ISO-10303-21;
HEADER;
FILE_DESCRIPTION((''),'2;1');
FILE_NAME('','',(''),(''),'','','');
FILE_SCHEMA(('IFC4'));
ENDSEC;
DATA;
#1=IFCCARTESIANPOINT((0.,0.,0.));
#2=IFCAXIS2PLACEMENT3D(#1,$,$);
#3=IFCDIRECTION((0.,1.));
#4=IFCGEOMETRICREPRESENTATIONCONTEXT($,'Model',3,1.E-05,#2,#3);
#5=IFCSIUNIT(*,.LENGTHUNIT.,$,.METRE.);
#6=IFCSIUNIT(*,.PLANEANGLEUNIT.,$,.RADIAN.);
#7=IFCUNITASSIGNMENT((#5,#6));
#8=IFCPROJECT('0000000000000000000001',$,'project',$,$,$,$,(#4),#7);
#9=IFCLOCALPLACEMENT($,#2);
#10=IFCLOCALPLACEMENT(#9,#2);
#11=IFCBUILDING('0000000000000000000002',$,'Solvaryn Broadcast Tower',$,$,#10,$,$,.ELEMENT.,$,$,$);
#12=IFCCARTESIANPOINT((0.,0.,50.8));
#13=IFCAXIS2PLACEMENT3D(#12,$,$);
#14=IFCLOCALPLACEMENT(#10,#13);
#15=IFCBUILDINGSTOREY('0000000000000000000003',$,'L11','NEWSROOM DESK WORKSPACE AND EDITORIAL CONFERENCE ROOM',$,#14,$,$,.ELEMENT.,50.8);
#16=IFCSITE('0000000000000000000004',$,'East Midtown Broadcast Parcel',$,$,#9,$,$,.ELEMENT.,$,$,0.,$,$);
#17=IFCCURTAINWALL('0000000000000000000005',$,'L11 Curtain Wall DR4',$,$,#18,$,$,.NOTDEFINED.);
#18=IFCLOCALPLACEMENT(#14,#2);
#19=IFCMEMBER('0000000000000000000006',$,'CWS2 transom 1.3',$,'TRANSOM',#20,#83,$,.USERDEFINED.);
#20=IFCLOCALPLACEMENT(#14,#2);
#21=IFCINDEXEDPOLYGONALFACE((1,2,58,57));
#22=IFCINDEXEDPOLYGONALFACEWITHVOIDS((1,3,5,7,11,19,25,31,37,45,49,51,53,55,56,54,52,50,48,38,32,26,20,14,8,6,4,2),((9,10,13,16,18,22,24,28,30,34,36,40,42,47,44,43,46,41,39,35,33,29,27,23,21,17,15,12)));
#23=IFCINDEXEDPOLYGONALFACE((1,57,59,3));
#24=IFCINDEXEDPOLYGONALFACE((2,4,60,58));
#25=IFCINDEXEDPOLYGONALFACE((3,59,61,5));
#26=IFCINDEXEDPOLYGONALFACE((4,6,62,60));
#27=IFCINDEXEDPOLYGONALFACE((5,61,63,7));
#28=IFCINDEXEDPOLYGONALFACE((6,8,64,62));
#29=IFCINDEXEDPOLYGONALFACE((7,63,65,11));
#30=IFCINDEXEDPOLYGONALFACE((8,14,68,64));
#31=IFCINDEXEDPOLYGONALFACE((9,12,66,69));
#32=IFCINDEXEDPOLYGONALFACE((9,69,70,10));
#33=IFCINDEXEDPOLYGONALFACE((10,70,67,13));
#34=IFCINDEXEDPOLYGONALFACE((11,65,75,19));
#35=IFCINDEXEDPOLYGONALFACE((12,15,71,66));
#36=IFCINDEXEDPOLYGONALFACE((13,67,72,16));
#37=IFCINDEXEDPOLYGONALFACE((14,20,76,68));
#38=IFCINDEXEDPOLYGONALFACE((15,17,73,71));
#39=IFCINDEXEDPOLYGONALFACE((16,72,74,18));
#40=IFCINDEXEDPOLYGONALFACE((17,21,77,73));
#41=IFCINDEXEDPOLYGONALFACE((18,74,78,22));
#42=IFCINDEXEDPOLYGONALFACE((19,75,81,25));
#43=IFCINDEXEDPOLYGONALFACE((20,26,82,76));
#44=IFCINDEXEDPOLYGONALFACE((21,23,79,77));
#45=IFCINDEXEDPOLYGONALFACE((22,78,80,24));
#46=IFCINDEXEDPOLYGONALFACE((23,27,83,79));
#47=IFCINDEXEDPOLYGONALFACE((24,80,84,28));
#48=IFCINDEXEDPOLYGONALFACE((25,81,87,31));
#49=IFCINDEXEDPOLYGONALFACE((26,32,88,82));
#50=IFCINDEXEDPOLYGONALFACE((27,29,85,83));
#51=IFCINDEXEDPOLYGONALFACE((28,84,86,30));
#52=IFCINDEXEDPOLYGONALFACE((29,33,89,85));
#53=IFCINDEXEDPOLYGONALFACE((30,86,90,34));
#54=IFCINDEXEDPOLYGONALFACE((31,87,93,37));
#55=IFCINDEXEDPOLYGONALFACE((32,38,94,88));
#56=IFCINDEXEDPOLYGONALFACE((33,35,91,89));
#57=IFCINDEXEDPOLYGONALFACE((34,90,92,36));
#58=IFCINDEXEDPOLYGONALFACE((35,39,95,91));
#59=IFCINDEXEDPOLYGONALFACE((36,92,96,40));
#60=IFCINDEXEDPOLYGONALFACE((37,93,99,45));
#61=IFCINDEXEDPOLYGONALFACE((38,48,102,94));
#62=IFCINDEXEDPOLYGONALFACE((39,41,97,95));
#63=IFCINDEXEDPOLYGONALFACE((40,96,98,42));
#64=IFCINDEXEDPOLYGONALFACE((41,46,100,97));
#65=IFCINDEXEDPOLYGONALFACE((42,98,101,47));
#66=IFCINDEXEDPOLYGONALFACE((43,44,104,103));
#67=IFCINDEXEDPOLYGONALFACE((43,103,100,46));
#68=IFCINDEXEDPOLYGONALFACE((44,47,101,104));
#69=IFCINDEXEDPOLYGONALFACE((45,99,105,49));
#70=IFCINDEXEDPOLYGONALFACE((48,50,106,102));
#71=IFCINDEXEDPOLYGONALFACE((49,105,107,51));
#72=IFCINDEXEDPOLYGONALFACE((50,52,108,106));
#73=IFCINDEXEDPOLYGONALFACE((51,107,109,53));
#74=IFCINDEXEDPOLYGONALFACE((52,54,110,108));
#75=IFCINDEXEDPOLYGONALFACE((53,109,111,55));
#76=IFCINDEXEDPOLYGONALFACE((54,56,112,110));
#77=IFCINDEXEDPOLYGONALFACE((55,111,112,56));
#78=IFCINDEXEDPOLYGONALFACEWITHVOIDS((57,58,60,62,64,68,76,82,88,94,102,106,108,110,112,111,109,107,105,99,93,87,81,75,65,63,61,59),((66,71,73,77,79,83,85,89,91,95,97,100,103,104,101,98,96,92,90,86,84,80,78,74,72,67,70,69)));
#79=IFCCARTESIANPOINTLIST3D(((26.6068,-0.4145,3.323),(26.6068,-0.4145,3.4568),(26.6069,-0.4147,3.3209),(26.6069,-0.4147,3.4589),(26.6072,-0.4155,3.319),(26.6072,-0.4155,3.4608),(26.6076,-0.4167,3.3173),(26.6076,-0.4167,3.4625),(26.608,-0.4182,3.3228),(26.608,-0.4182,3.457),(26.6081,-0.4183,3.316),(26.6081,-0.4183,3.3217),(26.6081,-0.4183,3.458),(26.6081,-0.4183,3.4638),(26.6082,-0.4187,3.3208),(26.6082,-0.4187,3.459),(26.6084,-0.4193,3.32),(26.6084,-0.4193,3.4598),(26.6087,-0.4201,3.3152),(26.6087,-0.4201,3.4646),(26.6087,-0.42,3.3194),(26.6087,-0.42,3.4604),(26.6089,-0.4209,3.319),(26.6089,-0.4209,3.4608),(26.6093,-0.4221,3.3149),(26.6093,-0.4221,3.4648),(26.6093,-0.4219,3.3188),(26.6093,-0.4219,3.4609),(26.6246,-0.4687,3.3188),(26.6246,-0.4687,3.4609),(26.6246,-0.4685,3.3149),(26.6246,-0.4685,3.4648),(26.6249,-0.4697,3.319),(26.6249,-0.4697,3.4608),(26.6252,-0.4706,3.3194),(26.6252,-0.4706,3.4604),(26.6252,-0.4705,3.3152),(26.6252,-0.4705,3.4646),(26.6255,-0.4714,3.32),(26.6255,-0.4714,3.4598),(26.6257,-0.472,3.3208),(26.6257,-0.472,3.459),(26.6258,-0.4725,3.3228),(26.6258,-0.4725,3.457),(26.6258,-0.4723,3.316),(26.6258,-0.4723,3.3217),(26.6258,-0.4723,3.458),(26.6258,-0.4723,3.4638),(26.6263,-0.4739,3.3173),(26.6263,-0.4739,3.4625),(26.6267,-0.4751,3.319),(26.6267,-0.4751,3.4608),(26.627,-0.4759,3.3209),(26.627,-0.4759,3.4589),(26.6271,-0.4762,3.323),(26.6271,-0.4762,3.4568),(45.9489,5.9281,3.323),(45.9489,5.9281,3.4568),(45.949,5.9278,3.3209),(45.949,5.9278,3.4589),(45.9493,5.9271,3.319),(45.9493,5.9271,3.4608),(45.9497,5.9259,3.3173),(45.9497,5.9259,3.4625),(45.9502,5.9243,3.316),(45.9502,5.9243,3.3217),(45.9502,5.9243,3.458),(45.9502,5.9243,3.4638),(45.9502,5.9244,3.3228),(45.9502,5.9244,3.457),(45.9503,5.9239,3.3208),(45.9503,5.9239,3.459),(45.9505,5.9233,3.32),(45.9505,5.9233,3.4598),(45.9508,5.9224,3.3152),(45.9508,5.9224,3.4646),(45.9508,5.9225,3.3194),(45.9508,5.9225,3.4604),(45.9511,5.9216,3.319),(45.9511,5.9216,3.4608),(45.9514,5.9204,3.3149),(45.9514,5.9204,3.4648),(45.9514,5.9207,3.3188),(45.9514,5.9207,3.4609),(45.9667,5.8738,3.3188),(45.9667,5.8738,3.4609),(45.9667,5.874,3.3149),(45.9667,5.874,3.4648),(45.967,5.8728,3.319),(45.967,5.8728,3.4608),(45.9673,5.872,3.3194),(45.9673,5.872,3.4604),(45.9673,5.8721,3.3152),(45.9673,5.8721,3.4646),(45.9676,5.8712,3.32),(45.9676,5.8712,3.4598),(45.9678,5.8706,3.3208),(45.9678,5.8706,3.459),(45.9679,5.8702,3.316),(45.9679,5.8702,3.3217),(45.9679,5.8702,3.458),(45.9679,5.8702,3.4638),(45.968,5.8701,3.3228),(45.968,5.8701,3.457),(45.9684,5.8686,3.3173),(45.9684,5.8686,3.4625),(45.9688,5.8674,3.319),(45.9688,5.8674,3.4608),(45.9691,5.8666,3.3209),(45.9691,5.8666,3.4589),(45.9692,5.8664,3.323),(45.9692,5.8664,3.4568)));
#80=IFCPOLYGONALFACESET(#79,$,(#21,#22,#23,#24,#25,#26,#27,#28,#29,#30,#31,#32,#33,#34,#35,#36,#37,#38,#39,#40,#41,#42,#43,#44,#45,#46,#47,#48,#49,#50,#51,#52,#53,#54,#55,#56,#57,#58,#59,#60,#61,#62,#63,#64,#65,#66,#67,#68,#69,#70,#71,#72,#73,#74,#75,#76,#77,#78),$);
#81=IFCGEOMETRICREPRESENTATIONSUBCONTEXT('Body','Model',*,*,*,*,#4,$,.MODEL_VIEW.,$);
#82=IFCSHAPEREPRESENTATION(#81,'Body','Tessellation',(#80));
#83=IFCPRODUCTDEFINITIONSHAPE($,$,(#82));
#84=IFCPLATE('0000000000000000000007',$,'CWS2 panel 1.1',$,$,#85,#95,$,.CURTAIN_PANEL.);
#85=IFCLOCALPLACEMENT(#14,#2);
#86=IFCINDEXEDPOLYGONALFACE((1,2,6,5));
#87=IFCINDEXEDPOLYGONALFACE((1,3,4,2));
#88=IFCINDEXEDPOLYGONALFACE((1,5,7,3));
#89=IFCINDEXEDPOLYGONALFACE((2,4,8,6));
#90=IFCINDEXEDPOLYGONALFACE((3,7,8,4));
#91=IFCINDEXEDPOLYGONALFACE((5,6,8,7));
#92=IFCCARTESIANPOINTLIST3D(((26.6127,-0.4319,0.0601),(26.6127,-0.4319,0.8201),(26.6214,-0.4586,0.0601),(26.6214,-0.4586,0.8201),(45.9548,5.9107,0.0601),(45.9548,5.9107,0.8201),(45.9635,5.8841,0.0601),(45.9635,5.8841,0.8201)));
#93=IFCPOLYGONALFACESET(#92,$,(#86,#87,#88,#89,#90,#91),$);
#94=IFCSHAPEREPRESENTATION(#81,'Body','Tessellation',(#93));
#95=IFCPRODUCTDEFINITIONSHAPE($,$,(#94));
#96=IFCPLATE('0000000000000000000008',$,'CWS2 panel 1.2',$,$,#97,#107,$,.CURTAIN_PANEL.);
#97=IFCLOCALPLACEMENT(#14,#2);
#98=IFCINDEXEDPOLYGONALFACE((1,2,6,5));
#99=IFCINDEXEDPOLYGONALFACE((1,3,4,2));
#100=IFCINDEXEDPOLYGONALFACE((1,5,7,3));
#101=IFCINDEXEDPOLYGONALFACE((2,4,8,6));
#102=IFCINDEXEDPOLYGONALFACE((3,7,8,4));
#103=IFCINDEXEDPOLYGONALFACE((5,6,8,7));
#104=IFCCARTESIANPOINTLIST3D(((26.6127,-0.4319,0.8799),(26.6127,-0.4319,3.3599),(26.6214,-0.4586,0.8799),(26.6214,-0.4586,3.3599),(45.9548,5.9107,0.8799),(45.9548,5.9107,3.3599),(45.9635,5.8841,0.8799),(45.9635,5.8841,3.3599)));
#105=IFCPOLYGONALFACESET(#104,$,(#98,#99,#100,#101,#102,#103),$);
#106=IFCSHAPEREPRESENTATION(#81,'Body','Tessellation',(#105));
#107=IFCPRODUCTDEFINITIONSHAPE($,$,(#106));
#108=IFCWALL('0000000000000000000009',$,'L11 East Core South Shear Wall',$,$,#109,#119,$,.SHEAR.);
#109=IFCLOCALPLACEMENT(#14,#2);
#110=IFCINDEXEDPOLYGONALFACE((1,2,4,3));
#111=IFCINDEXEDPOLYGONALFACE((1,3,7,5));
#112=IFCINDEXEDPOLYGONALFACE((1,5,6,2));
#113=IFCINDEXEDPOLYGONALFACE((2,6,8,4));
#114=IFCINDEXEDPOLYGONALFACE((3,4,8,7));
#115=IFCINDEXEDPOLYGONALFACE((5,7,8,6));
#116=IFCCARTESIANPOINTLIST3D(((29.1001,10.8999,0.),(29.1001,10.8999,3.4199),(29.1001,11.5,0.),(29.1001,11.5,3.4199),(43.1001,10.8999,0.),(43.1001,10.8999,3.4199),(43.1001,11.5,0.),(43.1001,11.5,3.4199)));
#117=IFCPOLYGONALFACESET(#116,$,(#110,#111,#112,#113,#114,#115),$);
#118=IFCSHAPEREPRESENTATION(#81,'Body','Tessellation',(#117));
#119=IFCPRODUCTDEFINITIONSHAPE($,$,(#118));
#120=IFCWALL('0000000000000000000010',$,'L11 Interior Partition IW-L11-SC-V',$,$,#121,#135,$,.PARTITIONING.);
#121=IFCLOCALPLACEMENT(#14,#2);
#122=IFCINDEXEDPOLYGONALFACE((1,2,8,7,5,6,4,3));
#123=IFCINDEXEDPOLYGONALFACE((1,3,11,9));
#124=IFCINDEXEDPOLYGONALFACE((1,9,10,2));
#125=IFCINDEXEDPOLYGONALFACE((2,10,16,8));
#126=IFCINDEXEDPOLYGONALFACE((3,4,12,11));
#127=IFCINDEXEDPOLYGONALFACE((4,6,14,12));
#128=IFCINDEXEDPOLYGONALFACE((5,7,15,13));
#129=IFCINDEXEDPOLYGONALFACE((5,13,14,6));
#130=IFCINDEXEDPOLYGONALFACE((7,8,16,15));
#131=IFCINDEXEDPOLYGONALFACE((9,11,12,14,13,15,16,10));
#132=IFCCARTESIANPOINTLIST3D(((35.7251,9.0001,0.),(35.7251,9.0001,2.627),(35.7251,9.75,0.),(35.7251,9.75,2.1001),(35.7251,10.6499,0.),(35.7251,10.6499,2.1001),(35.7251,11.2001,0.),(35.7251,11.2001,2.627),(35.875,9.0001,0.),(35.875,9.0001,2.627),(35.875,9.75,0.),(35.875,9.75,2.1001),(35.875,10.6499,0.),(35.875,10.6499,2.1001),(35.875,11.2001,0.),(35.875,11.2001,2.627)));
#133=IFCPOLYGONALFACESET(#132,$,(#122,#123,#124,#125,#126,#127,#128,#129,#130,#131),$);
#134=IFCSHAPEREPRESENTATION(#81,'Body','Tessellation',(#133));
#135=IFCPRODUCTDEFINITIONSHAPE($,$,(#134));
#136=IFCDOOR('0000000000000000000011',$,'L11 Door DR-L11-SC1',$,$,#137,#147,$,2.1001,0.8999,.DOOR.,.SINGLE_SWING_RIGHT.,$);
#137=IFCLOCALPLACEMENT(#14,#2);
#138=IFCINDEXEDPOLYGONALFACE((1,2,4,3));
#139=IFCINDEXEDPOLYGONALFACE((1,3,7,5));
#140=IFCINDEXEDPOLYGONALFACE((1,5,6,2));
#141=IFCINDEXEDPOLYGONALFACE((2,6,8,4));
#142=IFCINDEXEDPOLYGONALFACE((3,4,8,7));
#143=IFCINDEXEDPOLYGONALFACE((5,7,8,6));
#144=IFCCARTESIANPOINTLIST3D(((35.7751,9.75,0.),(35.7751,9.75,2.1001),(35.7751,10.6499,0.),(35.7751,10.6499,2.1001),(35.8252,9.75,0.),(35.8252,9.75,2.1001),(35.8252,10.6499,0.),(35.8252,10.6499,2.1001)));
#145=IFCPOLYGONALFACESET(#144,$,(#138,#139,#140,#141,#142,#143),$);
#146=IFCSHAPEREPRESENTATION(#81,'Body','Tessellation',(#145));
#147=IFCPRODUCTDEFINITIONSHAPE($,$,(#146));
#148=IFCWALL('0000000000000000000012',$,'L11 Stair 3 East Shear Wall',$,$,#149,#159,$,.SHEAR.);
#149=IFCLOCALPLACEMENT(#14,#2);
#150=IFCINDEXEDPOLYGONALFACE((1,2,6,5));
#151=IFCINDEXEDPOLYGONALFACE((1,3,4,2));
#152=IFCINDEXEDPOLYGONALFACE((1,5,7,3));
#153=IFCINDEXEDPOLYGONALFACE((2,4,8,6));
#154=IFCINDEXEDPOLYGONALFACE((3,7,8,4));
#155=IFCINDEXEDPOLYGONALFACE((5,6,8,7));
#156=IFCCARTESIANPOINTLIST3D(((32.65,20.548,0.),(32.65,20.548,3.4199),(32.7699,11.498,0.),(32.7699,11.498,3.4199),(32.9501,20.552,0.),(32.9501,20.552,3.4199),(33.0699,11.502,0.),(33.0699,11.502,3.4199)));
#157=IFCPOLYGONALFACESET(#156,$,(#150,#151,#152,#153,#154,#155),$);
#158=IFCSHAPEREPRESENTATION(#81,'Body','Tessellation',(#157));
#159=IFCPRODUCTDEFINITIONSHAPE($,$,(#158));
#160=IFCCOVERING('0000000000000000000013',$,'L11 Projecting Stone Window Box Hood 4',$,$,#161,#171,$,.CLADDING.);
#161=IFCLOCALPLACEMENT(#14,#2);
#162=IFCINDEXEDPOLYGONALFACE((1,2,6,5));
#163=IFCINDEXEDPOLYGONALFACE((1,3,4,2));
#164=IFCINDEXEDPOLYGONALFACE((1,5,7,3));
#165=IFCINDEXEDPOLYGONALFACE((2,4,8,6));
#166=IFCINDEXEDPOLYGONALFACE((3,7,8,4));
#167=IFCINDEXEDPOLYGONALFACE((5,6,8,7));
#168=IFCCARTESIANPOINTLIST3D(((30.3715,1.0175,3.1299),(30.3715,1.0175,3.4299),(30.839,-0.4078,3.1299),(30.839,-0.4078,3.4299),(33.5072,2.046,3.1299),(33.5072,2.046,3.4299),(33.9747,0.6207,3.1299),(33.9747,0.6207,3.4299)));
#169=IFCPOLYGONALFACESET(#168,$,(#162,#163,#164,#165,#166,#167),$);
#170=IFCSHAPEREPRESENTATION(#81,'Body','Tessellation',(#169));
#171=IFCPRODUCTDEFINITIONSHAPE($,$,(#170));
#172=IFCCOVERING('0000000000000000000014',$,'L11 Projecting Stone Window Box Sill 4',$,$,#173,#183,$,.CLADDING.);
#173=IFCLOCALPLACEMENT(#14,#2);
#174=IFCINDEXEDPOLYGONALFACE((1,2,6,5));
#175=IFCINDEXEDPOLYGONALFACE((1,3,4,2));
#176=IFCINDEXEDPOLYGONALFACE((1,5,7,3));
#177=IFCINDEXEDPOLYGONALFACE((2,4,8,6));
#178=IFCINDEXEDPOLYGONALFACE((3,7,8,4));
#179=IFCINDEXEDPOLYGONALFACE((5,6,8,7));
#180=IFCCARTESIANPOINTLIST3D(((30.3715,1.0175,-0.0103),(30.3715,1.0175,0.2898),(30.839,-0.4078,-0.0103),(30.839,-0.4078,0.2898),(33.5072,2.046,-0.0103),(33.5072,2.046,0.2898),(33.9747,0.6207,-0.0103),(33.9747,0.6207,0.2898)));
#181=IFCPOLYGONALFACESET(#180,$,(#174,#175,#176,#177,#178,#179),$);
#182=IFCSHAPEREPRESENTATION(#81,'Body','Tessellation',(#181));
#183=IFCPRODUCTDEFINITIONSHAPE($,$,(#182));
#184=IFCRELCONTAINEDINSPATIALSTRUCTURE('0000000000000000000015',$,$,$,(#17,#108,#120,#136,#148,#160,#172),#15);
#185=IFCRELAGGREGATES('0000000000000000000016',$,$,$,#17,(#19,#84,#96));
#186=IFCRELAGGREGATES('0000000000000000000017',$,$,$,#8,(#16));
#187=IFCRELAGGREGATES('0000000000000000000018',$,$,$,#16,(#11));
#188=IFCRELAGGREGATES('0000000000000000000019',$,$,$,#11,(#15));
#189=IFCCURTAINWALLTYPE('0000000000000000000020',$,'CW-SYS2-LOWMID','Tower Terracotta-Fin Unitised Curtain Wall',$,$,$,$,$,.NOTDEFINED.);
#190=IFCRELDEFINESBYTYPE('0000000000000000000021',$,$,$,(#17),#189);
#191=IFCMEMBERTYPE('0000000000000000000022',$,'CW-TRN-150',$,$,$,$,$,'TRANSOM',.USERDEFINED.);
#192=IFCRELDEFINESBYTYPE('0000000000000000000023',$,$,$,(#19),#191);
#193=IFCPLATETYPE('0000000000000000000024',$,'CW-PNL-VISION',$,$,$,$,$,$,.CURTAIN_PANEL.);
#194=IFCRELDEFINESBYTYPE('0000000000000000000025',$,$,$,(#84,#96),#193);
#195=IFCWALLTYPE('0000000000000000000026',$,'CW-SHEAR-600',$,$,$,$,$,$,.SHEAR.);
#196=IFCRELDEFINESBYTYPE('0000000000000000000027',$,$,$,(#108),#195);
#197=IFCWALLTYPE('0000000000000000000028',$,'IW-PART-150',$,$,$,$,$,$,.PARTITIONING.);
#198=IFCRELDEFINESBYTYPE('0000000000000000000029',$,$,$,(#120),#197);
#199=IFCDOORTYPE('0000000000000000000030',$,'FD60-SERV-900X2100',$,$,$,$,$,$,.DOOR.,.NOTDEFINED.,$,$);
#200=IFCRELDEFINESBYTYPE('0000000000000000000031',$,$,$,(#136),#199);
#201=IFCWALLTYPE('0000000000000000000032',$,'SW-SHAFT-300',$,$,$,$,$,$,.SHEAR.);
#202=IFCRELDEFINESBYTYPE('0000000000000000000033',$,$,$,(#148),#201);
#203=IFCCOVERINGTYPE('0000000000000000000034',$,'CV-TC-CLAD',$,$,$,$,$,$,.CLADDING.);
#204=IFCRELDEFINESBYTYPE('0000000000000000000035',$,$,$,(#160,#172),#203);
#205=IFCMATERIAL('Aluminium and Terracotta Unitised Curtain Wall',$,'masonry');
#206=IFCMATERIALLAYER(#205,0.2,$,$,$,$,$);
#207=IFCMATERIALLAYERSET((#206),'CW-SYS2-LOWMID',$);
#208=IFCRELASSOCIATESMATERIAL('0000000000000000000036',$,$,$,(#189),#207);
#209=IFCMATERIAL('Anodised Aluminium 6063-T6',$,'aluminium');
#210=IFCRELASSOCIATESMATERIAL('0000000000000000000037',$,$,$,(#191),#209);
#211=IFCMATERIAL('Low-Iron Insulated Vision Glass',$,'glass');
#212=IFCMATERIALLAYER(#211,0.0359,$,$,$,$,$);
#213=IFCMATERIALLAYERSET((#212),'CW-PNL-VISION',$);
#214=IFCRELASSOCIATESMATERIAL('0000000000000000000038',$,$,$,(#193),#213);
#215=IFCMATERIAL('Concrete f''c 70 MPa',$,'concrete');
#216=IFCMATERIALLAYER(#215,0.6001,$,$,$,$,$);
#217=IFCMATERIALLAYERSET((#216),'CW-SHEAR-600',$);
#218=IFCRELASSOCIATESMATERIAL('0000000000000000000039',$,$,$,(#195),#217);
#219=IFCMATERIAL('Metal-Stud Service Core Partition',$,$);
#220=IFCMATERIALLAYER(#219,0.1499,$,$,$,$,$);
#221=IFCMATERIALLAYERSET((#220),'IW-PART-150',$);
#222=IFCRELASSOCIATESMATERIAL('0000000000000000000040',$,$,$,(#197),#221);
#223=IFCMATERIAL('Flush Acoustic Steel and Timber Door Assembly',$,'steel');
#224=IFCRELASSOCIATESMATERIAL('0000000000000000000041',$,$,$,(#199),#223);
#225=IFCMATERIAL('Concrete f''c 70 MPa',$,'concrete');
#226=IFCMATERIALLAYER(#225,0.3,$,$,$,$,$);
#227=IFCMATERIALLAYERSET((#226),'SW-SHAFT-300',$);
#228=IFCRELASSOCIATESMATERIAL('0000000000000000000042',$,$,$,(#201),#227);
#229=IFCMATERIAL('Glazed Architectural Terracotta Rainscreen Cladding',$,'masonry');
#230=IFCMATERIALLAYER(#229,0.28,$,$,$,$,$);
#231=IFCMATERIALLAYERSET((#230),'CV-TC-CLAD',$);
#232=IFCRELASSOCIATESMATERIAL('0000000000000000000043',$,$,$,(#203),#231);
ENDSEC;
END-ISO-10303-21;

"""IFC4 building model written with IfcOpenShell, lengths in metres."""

from ifc_helpers import new_model, si_unit, direction, frame, frame_2d, origin, origin_2d, place, context, subcontext, project, spatial, rectangle, hollow_rectangle, extrude, material, layer, layer_set, material_profile, profile_set, type_object, element, fill, aggregate, save


model = new_model("IFC4")

# Units and contexts
model_context = context("Model", 3, precision=1e-05, world=origin(), true_north=direction((0.0, 1.0)))
body_context = subcontext(model_context, "Body", "Model", "MODEL_VIEW")
ifc_project = project(units=[si_unit("LENGTHUNIT", "METRE"), si_unit("PLANEANGLEUNIT", "RADIAN")], contexts=[model_context])

# Site, building, storey
site_placement = place(None, origin())
site = spatial("IfcSite", under=ifc_project, at=site_placement, Name="East Midtown Broadcast Parcel", CompositionType="ELEMENT", RefElevation=0.0)
building_placement = place(site_placement, origin())
building = spatial("IfcBuilding", under=site, at=building_placement, Name="Solvaryn Broadcast Tower", CompositionType="ELEMENT")
storey_placement = place(building_placement, frame((0.0, 0.0, 50.8)))
storey = spatial("IfcBuildingStorey", under=building, at=storey_placement, Name="L11", Description="NEWSROOM DESK WORKSPACE AND EDITORIAL CONFERENCE ROOM", CompositionType="ELEMENT", Elevation=50.8)

# Shared definitions
ifc_material_1 = material(Name="Aluminium and Terracotta Unitised Curtain Wall", Category="masonry")
ifc_layer_1 = layer(ifc_material_1, 0.2)
ifc_layer_set_1 = layer_set([ifc_layer_1], Name="CW-SYS2-LOWMID")
curtain_wall_type = type_object("IfcCurtainWallType", Name="CW-SYS2-LOWMID", Description="Tower Terracotta-Fin Unitised Curtain Wall", PredefinedType="NOTDEFINED", material=ifc_layer_set_1)

# Curtain wall, member, plates
curtain_wall_1_placement = place(storey_placement, origin())
curtain_wall_1 = element("IfcCurtainWall", 1, at=curtain_wall_1_placement, inside=storey, type_object=curtain_wall_type, Name="L11 Curtain Wall DR4", PredefinedType="NOTDEFINED")
ifc_material_2 = material(Name="Anodised Aluminium 6063-T6", Category="aluminium")
ifc_material_profile_1 = material_profile(ifc_material_2, hollow_rectangle(XDim=0.0649, YDim=0.1499, WallThickness=0.0039, InnerFilletRadius=0.0039, OuterFilletRadius=0.0081, at=origin_2d()))
ifc_profile_set_1 = profile_set([ifc_material_profile_1], Name="Anodised Aluminium 6063-T6")
member_type_1 = type_object("IfcMemberType", Name="CW-TRN-150", ElementType="TRANSOM", PredefinedType="USERDEFINED", material=ifc_profile_set_1)
member_1_placement = place(storey_placement, frame((26.6169, -0.4453, 3.3899), z_axis=(0.950217, 0.31159, 0.0), x_axis=(-0.31159, 0.950217, 0.0)))
member_1 = element("IfcMember", 2, at=member_1_placement, type_object=member_type_1, Name="CWS2 transom 1.3", ObjectType="TRANSOM", PredefinedType="USERDEFINED", context=body_context, shape_type="SweptSolid", body=[
    extrude(hollow_rectangle(XDim=0.0649, YDim=0.1499, WallThickness=0.0039, InnerFilletRadius=0.0039, OuterFilletRadius=0.0081, at=origin_2d()), origin(), (0.0, 0.0, 1.0), 20.3555),
])
ifc_material_3 = material(Name="Low-Iron Insulated Vision Glass", Category="glass")
ifc_layer_2 = layer(ifc_material_3, 0.0359)
ifc_layer_set_2 = layer_set([ifc_layer_2], Name="CW-PNL-VISION")
plate_type = type_object("IfcPlateType", Name="CW-PNL-VISION", PredefinedType="CURTAIN_PANEL", material=ifc_layer_set_2)
plate_1_placement = place(storey_placement, frame((36.2881, 2.7261, 0.0601), z_axis=(0.0, 0.0, 1.0), x_axis=(0.950215, 0.311594, 0.0)))
plate_1 = element("IfcPlate", 3, at=plate_1_placement, type_object=plate_type, Name="CWS2 panel 1.1", PredefinedType="CURTAIN_PANEL", context=body_context, shape_type="SweptSolid", body=[
    extrude(rectangle(XDim=20.3555, YDim=0.0281, at=origin_2d()), origin(), (0.0, 0.0, 1.0), 0.76),
])
plate_2_placement = place(storey_placement, frame((36.2881, 2.7261, 0.8799), z_axis=(0.0, 0.0, 1.0), x_axis=(0.950215, 0.311594, 0.0)))
plate_2 = element("IfcPlate", 4, at=plate_2_placement, type_object=plate_type, Name="CWS2 panel 1.2", PredefinedType="CURTAIN_PANEL", context=body_context, shape_type="SweptSolid", body=[
    extrude(rectangle(XDim=20.3555, YDim=0.0281, at=origin_2d()), origin(), (0.0, 0.0, 1.0), 2.48),
])
aggregate(curtain_wall_1, [member_1, plate_1, plate_2])

# Wall
ifc_material_4 = material(Name="Concrete f'c 70 MPa", Category="concrete")
ifc_layer_3 = layer(ifc_material_4, 0.6001)
ifc_layer_set_3 = layer_set([ifc_layer_3], Name="CW-SHEAR-600")
wall_type_1 = type_object("IfcWallType", Name="CW-SHEAR-600", PredefinedType="SHEAR", material=ifc_layer_set_3)
wall_1_placement = place(storey_placement, frame((29.1001, 11.2, 0.0), z_axis=(0.0, 0.0, 1.0), x_axis=(1.0, 0.0, 0.0)))
element("IfcWall", 5, at=wall_1_placement, inside=storey, type_object=wall_type_1, Name="L11 East Core South Shear Wall", PredefinedType="SHEAR", context=body_context, shape_type="SweptSolid", body=[
    extrude(rectangle(XDim=14.0, YDim=0.6001, at=frame_2d((7.0, 0.0))), origin(), (0.0, 0.0, 1.0), 3.4199),
])

# Wall, opening, door
ifc_material_5 = material(Name="Metal-Stud Service Core Partition")
ifc_layer_4 = layer(ifc_material_5, 0.1499)
ifc_layer_set_4 = layer_set([ifc_layer_4], Name="IW-PART-150")
wall_type_2 = type_object("IfcWallType", Name="IW-PART-150", PredefinedType="PARTITIONING", material=ifc_layer_set_4)
wall_2_placement = place(storey_placement, frame((35.8, 9.0, 0.0), z_axis=(0.0, 0.0, 1.0), x_axis=(0.0, 1.0, 0.0)))
wall_2 = element("IfcWall", 6, at=wall_2_placement, inside=storey, type_object=wall_type_2, Name="L11 Interior Partition IW-L11-SC-V", PredefinedType="PARTITIONING", context=body_context, shape_type="SweptSolid", body=[
    extrude(rectangle(XDim=2.2, YDim=0.1499, at=frame_2d((1.1001, 0.0))), origin(), (0.0, 0.0, 1.0), 2.627),
])
opening_placement = place(wall_2_placement, frame((0.75, 0.0, 0.0)))
opening = element("IfcOpeningElement", 7, at=opening_placement, cuts=wall_2, PredefinedType="OPENING", context=body_context, shape_type="SweptSolid", body=[
    extrude(rectangle(XDim=0.8999, YDim=2.1001, at=frame_2d((0.45, 1.05))), frame((0.0, 0.085, 0.0), z_axis=(0.0, -1.0, 0.0), x_axis=(1.0, 0.0, 0.0)), (0.0, 0.0, 1.0), 0.1699),
])
ifc_material_6 = material(Name="Flush Acoustic Steel and Timber Door Assembly", Category="steel")
door_type = type_object("IfcDoorType", Name="FD60-SERV-900X2100", OperationType="NOTDEFINED", PredefinedType="DOOR", material=ifc_material_6)
door_placement = place(opening_placement, origin())
door = element("IfcDoor", 8, at=door_placement, inside=storey, type_object=door_type, Name="L11 Door DR-L11-SC1", OperationType="SINGLE_SWING_RIGHT", OverallHeight=2.1001, OverallWidth=0.8999, PredefinedType="DOOR", context=body_context, shape_type="SweptSolid", body=[
    extrude(rectangle(XDim=0.8999, YDim=2.1001, at=frame_2d((0.45, 1.05))), frame((0.0, 0.0249, 0.0), z_axis=(0.0, -1.0, 0.0), x_axis=(1.0, 0.0, 0.0)), (0.0, 0.0, 1.0), 0.05),
])
fill(opening, door)

# Wall
ifc_material_7 = material(Name="Concrete f'c 70 MPa", Category="concrete")
ifc_layer_5 = layer(ifc_material_7, 0.3)
ifc_layer_set_5 = layer_set([ifc_layer_5], Name="SW-SHAFT-300")
wall_type_3 = type_object("IfcWallType", Name="SW-SHAFT-300", PredefinedType="SHEAR", material=ifc_layer_set_5)
wall_3_placement = place(storey_placement, frame((32.9199, 11.5, 0.0), z_axis=(0.0, 0.0, 1.0), x_axis=(-0.013244, 0.999912, 0.0)))
element("IfcWall", 9, at=wall_3_placement, inside=storey, type_object=wall_type_3, Name="L11 Stair 3 East Shear Wall", PredefinedType="SHEAR", context=body_context, shape_type="SweptSolid", body=[
    extrude(rectangle(XDim=9.0508, YDim=0.3, at=frame_2d((4.5254, 0.0))), origin(), (0.0, 0.0, 1.0), 3.4199),
])

# Coverings
ifc_material_8 = material(Name="Glazed Architectural Terracotta Rainscreen Cladding", Category="masonry")
ifc_layer_6 = layer(ifc_material_8, 0.28)
ifc_layer_set_6 = layer_set([ifc_layer_6], Name="CV-TC-CLAD")
covering_type_1 = type_object("IfcCoveringType", Name="CV-TC-CLAD", PredefinedType="CLADDING", material=ifc_layer_set_6)
for number, where, z_axis, x_axis, name in (
    (10, (32.1731, 0.8191, 3.1299), (0.0, 0.0, 1.0), (0.95019, 0.311672, 0.0), "L11 Projecting Stone Window Box Hood 4"),
    (11, (32.1731, 0.8191, -0.0103), (0.0, 0.0, 1.0), (0.95019, 0.311672, 0.0), "L11 Projecting Stone Window Box Sill 4"),
):
    element("IfcCovering", number, at=place(storey_placement, frame(where, z_axis=z_axis, x_axis=x_axis)), inside=storey, type_object=covering_type_1, Name=name, PredefinedType="CLADDING", context=body_context, shape_type="SweptSolid", body=[
        extrude(rectangle(XDim=3.3, YDim=1.5, at=origin_2d()), origin(), (0.0, 0.0, 1.0), 0.3),
    ])

save(model, "model.ifc")
